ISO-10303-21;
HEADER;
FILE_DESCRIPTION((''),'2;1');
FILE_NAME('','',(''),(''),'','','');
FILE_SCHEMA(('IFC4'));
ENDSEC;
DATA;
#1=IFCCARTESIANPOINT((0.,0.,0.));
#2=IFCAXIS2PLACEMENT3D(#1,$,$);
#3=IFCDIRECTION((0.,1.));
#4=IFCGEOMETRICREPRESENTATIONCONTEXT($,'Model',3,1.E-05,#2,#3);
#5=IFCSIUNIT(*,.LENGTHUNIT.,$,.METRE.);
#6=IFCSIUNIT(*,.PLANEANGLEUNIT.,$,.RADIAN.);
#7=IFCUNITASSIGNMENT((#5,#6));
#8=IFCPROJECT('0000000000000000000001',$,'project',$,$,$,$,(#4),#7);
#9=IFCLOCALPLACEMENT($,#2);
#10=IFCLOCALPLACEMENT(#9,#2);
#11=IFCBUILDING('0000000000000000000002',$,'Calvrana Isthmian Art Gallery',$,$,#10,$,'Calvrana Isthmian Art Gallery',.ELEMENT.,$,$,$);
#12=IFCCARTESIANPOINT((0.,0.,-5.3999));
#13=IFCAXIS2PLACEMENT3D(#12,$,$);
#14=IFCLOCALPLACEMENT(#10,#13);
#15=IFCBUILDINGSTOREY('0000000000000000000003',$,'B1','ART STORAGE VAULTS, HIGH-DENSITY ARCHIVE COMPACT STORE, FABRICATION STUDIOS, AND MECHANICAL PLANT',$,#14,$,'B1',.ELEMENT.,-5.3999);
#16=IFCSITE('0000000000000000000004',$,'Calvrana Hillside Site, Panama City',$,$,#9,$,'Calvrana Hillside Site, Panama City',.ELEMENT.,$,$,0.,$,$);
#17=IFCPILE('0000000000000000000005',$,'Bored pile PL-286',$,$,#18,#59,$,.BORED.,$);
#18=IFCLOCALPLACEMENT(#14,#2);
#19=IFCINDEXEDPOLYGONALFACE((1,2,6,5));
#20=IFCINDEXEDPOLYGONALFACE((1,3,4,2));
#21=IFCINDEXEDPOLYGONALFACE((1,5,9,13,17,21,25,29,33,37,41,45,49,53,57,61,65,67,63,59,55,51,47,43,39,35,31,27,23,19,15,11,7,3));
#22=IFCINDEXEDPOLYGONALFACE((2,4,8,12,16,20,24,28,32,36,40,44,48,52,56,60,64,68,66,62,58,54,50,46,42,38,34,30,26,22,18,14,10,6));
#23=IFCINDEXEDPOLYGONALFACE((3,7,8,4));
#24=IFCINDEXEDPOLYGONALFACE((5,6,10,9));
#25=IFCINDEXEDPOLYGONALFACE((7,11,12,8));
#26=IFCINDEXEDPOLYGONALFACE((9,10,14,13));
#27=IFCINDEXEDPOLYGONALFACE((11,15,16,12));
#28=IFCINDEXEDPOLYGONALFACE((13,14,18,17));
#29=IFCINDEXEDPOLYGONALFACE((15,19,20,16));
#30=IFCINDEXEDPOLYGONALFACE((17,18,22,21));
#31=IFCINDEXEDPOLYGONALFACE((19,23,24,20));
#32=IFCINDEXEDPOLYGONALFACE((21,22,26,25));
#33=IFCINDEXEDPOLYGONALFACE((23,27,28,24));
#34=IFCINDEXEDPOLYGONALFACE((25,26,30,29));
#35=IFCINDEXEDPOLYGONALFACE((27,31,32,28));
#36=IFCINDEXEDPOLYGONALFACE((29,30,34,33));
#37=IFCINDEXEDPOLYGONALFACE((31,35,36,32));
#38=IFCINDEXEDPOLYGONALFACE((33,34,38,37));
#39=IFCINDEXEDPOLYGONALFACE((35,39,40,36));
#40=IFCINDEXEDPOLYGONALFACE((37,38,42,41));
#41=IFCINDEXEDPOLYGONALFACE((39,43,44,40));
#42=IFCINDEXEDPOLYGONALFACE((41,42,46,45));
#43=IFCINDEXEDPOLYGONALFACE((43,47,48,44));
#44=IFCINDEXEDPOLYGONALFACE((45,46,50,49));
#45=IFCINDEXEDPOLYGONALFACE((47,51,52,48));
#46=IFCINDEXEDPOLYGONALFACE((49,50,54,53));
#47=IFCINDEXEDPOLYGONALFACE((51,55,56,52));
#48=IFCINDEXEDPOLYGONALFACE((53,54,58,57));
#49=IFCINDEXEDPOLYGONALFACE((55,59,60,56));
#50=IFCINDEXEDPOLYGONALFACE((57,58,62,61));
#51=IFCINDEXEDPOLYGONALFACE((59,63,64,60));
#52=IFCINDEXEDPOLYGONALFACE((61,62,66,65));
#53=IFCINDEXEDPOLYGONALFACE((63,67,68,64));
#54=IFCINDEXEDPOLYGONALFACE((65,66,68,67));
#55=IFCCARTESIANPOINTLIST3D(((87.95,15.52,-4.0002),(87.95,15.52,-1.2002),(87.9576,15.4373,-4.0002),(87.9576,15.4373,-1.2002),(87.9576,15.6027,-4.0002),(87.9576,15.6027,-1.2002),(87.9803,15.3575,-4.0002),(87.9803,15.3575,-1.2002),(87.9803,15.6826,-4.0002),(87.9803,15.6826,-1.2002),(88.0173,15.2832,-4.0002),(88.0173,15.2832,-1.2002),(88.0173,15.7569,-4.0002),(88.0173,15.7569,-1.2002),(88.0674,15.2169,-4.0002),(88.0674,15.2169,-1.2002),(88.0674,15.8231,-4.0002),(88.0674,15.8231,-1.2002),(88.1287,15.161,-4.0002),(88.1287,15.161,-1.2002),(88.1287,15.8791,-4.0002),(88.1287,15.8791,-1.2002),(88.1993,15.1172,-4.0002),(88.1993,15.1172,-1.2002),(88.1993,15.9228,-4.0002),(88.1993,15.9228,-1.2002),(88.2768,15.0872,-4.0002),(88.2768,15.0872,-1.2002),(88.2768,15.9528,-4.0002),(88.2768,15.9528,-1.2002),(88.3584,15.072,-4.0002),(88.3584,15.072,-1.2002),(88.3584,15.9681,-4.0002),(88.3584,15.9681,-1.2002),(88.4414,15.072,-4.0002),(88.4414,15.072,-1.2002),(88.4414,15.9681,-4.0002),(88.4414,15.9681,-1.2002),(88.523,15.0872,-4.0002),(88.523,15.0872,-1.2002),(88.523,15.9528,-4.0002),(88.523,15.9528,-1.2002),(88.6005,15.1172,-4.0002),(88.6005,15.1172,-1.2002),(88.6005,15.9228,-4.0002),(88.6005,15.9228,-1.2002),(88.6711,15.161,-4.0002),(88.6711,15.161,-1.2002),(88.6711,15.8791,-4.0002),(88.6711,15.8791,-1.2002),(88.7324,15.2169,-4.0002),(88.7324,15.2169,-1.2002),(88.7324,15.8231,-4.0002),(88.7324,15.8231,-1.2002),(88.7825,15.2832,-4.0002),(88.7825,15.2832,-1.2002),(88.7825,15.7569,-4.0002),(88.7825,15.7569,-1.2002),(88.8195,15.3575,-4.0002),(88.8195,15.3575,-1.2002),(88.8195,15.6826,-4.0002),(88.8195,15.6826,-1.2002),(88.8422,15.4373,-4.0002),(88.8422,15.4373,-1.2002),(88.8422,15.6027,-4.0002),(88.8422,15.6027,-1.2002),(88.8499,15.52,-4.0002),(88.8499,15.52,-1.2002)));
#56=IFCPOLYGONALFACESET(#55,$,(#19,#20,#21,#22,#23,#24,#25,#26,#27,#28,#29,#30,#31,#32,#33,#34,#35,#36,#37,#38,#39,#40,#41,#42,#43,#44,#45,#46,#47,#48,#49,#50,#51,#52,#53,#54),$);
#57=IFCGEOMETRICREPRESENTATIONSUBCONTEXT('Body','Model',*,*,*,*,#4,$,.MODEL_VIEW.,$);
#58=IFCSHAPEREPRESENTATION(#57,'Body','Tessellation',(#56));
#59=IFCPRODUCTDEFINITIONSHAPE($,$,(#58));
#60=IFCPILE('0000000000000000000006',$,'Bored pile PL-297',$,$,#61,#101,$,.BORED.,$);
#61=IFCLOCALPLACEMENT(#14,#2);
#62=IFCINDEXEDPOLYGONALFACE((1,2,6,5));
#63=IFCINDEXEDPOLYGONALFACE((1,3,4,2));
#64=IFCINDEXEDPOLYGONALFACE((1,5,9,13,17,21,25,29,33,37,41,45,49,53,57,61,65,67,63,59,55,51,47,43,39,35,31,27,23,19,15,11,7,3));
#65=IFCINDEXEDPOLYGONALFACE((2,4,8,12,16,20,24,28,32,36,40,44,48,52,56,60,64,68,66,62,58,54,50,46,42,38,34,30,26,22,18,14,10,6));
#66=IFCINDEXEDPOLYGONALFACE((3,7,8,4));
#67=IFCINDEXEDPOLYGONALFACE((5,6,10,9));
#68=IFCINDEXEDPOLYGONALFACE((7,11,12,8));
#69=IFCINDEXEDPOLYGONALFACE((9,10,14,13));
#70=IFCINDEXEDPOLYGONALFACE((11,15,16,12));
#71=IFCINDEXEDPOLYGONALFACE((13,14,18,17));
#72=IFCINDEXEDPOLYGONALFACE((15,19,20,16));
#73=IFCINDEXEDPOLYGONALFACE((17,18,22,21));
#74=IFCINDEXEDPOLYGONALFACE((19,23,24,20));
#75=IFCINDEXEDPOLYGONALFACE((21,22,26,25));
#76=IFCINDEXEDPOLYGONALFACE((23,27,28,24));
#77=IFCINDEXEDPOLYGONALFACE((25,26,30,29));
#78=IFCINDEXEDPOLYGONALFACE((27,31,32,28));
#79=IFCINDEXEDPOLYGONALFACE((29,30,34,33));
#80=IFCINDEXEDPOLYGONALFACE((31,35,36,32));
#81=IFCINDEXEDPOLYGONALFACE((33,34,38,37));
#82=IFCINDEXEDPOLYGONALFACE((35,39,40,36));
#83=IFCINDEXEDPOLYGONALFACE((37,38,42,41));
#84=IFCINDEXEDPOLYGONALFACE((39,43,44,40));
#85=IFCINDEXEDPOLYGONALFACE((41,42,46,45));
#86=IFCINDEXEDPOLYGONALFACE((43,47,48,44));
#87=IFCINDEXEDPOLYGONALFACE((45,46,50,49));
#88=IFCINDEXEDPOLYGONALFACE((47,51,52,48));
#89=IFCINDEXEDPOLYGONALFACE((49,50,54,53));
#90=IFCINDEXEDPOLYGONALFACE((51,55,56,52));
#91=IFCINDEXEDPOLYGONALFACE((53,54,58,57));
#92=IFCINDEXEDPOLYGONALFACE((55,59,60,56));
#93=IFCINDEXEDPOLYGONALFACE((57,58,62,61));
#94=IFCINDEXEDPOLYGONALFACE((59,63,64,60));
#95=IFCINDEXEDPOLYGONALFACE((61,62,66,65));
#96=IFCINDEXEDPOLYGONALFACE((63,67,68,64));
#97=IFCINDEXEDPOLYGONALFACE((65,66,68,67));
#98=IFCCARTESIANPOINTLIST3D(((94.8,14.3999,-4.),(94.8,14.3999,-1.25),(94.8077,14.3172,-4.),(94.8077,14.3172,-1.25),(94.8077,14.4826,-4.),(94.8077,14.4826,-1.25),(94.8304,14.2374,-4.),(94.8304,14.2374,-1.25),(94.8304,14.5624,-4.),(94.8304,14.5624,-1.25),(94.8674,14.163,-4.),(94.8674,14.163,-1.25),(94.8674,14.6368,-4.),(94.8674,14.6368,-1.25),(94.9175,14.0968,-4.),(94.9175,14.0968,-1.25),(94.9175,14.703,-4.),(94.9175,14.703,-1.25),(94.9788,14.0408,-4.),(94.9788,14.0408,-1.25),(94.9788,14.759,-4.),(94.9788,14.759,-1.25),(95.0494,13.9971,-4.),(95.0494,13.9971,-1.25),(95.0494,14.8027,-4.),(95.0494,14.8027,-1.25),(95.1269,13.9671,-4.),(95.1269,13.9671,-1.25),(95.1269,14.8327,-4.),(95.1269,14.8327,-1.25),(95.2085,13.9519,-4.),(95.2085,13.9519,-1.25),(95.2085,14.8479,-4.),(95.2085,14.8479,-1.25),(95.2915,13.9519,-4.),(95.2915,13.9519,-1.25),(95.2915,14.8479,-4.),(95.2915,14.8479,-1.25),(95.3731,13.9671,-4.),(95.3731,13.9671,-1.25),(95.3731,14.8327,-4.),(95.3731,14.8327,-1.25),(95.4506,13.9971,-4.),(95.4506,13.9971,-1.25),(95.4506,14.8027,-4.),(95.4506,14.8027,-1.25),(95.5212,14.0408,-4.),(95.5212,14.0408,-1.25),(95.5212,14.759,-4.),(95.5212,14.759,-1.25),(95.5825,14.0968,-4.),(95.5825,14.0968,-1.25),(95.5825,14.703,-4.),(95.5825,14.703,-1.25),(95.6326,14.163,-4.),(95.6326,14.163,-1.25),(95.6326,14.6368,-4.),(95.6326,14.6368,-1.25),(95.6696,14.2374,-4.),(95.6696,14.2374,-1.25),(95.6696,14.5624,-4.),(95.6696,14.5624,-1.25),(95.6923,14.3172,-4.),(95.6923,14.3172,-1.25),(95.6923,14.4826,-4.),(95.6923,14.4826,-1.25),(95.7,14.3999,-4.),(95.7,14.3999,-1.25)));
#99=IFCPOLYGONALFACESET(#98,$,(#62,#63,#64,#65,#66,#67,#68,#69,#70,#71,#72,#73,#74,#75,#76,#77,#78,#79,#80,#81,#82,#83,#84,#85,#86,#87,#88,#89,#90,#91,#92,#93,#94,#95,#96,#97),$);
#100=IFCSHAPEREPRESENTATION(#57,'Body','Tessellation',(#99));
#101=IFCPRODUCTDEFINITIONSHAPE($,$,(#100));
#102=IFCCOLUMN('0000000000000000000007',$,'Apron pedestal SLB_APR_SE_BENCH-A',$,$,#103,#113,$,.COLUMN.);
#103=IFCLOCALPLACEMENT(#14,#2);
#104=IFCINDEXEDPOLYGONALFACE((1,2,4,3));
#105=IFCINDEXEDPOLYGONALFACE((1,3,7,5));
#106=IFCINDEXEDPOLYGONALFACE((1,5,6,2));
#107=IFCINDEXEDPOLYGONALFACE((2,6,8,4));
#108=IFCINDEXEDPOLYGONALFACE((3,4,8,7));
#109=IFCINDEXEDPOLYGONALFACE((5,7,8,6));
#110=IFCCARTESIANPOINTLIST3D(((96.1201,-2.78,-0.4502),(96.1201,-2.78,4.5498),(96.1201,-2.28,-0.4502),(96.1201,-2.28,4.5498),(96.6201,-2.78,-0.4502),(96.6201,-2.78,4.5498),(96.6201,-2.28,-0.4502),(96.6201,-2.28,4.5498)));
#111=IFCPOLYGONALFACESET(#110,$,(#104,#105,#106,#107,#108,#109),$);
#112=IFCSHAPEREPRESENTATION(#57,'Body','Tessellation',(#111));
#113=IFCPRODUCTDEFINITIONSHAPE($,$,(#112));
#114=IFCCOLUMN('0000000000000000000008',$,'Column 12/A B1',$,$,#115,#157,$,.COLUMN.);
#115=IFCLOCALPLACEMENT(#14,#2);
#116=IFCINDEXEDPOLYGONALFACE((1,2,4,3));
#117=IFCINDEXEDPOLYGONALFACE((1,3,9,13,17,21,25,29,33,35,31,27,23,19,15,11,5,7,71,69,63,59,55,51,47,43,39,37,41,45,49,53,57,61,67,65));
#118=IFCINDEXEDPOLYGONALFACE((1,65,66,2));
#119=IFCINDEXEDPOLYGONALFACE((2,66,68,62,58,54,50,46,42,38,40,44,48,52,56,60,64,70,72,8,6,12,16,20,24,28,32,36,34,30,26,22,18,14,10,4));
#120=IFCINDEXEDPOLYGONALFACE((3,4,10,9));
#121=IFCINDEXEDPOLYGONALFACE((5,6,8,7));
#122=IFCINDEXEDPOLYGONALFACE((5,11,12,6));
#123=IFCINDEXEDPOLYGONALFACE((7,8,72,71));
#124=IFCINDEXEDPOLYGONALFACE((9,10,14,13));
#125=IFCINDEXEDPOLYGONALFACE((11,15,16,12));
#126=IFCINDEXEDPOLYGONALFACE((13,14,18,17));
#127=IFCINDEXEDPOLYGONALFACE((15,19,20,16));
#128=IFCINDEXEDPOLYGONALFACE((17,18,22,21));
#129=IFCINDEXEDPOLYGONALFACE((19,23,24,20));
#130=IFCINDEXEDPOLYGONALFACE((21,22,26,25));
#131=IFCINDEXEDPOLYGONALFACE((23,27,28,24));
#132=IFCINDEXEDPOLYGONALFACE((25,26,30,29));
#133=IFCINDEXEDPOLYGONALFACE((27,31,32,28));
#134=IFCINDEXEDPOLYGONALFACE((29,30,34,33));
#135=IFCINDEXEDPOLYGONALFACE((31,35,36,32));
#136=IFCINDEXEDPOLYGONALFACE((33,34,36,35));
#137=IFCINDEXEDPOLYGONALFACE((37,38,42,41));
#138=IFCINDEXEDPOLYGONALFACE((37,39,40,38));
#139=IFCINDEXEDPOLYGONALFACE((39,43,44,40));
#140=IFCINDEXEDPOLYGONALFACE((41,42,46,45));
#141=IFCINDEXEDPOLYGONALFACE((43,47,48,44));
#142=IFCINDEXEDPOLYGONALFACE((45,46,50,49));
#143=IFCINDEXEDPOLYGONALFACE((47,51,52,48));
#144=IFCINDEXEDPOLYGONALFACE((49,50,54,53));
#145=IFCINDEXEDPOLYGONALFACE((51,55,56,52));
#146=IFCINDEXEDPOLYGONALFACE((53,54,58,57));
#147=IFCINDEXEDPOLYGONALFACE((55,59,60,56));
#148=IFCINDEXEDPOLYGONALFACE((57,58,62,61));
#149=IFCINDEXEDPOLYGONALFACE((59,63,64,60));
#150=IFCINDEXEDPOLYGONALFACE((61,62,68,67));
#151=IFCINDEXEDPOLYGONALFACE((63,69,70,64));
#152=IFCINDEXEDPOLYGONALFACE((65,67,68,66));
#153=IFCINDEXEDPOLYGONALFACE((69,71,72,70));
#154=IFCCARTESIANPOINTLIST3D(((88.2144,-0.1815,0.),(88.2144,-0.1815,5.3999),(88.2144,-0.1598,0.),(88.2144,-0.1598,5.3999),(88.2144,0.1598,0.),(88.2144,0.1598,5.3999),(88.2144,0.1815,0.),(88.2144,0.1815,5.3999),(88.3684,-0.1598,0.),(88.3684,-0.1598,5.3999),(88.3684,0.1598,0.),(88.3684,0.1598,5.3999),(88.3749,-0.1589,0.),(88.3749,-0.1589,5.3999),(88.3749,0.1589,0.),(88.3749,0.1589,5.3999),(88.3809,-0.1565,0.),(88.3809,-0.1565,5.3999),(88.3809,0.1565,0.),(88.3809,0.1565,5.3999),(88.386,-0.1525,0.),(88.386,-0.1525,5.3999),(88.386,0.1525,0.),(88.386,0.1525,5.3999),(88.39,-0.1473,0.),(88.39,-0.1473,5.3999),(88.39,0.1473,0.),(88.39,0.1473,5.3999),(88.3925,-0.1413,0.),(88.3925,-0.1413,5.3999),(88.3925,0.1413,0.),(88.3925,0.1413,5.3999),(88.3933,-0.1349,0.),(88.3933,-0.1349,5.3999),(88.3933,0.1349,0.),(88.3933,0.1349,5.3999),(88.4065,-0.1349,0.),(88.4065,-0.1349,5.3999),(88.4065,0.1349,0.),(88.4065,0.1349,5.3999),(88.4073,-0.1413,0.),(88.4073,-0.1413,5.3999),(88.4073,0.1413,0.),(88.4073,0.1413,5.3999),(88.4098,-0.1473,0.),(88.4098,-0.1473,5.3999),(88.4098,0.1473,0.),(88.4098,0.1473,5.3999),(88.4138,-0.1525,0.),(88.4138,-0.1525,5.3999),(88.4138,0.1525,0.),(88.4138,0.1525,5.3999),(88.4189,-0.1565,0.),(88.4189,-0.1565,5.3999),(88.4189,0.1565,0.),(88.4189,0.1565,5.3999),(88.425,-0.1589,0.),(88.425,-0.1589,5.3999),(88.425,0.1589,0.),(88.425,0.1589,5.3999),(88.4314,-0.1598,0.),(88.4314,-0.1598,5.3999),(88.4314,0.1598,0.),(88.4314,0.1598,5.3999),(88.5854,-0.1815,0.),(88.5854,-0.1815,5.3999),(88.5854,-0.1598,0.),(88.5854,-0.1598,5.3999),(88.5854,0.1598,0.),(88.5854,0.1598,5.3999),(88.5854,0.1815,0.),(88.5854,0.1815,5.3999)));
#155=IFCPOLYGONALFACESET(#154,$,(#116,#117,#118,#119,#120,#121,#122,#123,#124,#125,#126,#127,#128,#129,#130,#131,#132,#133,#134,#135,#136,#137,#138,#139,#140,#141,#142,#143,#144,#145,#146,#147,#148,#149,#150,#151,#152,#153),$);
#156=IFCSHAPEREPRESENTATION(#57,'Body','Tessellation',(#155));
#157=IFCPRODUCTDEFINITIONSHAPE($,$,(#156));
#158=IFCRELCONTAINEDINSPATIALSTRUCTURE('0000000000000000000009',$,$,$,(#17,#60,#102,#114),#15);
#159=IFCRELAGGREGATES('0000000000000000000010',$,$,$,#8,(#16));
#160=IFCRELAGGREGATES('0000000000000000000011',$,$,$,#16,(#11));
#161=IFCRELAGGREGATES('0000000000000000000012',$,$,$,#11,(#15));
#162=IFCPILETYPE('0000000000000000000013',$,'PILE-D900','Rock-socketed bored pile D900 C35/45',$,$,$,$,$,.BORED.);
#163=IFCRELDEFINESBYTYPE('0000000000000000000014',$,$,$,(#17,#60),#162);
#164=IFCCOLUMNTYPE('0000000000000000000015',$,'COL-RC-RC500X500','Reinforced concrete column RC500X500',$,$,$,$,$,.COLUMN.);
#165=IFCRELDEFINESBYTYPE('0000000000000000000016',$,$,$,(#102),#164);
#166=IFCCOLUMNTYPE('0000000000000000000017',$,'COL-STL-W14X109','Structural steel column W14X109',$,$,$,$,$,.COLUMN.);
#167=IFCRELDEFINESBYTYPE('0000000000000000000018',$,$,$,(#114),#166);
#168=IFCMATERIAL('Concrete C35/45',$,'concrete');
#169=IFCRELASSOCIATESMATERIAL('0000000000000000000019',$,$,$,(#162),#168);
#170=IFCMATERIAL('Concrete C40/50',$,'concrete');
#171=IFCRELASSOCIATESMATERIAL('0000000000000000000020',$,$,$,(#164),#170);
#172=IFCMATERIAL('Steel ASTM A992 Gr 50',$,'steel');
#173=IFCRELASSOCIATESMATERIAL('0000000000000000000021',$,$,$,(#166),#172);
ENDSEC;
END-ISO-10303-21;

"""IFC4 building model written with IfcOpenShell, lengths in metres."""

from ifc_helpers import new_model, si_unit, direction, frame, origin, origin_2d, place, context, subcontext, project, spatial, rectangle, circle, i_section, extrude, material, material_profile, profile_set, type_object, element, save


model = new_model("IFC4")

# Units and contexts
model_context = context("Model", 3, precision=1e-05, world=origin(), true_north=direction((0.0, 1.0)))
body_context = subcontext(model_context, "Body", "Model", "MODEL_VIEW")
ifc_project = project(units=[si_unit("LENGTHUNIT", "METRE"), si_unit("PLANEANGLEUNIT", "RADIAN")], contexts=[model_context])

# Site, building, storey
site_placement = place(None, origin())
site = spatial("IfcSite", under=ifc_project, at=site_placement, Name="Calvrana Hillside Site, Panama City", LongName="Calvrana Hillside Site, Panama City", CompositionType="ELEMENT", RefElevation=0.0)
building_placement = place(site_placement, origin())
building = spatial("IfcBuilding", under=site, at=building_placement, Name="Calvrana Isthmian Art Gallery", LongName="Calvrana Isthmian Art Gallery", CompositionType="ELEMENT")
storey_placement = place(building_placement, frame((0.0, 0.0, -5.3999)))
storey = spatial("IfcBuildingStorey", under=building, at=storey_placement, Name="B1", Description="ART STORAGE VAULTS, HIGH-DENSITY ARCHIVE COMPACT STORE, FABRICATION STUDIOS, AND MECHANICAL PLANT", LongName="B1", CompositionType="ELEMENT", Elevation=-5.3999)

# Shared definitions
ifc_material_1 = material(Name="Concrete C35/45", Category="concrete")

# Piles
ifc_material_profile_1 = material_profile(ifc_material_1, circle(Radius=0.45, at=origin_2d()), Name="PILE900D")
ifc_profile_set_1 = profile_set([ifc_material_profile_1], Name="Concrete C35/45")
pile_type_1 = type_object("IfcPileType", Name="PILE-D900", Description="Rock-socketed bored pile D900 C35/45", PredefinedType="BORED", material=ifc_profile_set_1)
for number, where, z_axis, x_axis, name in (
    (1, (88.3999, 15.52, -1.2002), (0.0, 0.0, -1.0), (1.0, 0.0, 0.0), "Bored pile PL-286"),
):
    element("IfcPile", number, at=place(storey_placement, frame(where, z_axis=z_axis, x_axis=x_axis)), inside=storey, type_object=pile_type_1, Name=name, PredefinedType="BORED", context=body_context, shape_type="SweptSolid", body=[
        extrude(circle(Radius=0.45, at=origin_2d()), origin(), (0.0, 0.0, 1.0), 2.8),
    ])
pile_placement = place(storey_placement, frame((95.25, 14.3999, -1.25), z_axis=(0.0, 0.0, -1.0), x_axis=(1.0, 0.0, 0.0)))
element("IfcPile", 2, at=pile_placement, inside=storey, type_object=pile_type_1, Name="Bored pile PL-297", PredefinedType="BORED", context=body_context, shape_type="SweptSolid", body=[
    extrude(circle(Radius=0.45, at=origin_2d()), origin(), (0.0, 0.0, 1.0), 2.75),
])

# Columns
ifc_material_2 = material(Name="Concrete C40/50", Category="concrete")
ifc_material_profile_2 = material_profile(ifc_material_2, rectangle(XDim=0.5, YDim=0.5, at=origin_2d()), Name="RC500X500")
ifc_profile_set_2 = profile_set([ifc_material_profile_2], Name="Concrete C40/50")
column_type_1 = type_object("IfcColumnType", Name="COL-RC-RC500X500", Description="Reinforced concrete column RC500X500", PredefinedType="COLUMN", material=ifc_profile_set_2)
column_1_placement = place(storey_placement, frame((96.3701, -2.53, -0.4502), z_axis=(0.0, 0.0, 1.0), x_axis=(1.0, 0.0, 0.0)))
element("IfcColumn", 3, at=column_1_placement, inside=storey, type_object=column_type_1, Name="Apron pedestal SLB_APR_SE_BENCH-A", PredefinedType="COLUMN", context=body_context, shape_type="SweptSolid", body=[
    extrude(rectangle(XDim=0.5, YDim=0.5, at=origin_2d()), origin(), (0.0, 0.0, 1.0), 5.0),
])
ifc_material_3 = material(Name="Steel ASTM A992 Gr 50", Category="steel")
ifc_material_profile_3 = material_profile(ifc_material_3, i_section(OverallWidth=0.3711, OverallDepth=0.363, WebThickness=0.0132, FlangeThickness=0.0217, FilletRadius=0.0249, at=origin_2d()), Name="W14X109")
ifc_profile_set_3 = profile_set([ifc_material_profile_3], Name="Steel ASTM A992 Gr 50")
column_type_2 = type_object("IfcColumnType", Name="COL-STL-W14X109", Description="Structural steel column W14X109", PredefinedType="COLUMN", material=ifc_profile_set_3)
column_2_placement = place(storey_placement, frame((88.3999, 0.0, 0.0), z_axis=(0.0, 0.0, 1.0), x_axis=(1.0, 0.0, 0.0)))
element("IfcColumn", 4, at=column_2_placement, inside=storey, type_object=column_type_2, Name="Column 12/A B1", PredefinedType="COLUMN", context=body_context, shape_type="SweptSolid", body=[
    extrude(i_section(OverallWidth=0.3711, OverallDepth=0.363, WebThickness=0.0132, FlangeThickness=0.0217, FilletRadius=0.0249, at=origin_2d()), origin(), (0.0, 0.0, 1.0), 5.3999),
])

save(model, "model.ifc")
